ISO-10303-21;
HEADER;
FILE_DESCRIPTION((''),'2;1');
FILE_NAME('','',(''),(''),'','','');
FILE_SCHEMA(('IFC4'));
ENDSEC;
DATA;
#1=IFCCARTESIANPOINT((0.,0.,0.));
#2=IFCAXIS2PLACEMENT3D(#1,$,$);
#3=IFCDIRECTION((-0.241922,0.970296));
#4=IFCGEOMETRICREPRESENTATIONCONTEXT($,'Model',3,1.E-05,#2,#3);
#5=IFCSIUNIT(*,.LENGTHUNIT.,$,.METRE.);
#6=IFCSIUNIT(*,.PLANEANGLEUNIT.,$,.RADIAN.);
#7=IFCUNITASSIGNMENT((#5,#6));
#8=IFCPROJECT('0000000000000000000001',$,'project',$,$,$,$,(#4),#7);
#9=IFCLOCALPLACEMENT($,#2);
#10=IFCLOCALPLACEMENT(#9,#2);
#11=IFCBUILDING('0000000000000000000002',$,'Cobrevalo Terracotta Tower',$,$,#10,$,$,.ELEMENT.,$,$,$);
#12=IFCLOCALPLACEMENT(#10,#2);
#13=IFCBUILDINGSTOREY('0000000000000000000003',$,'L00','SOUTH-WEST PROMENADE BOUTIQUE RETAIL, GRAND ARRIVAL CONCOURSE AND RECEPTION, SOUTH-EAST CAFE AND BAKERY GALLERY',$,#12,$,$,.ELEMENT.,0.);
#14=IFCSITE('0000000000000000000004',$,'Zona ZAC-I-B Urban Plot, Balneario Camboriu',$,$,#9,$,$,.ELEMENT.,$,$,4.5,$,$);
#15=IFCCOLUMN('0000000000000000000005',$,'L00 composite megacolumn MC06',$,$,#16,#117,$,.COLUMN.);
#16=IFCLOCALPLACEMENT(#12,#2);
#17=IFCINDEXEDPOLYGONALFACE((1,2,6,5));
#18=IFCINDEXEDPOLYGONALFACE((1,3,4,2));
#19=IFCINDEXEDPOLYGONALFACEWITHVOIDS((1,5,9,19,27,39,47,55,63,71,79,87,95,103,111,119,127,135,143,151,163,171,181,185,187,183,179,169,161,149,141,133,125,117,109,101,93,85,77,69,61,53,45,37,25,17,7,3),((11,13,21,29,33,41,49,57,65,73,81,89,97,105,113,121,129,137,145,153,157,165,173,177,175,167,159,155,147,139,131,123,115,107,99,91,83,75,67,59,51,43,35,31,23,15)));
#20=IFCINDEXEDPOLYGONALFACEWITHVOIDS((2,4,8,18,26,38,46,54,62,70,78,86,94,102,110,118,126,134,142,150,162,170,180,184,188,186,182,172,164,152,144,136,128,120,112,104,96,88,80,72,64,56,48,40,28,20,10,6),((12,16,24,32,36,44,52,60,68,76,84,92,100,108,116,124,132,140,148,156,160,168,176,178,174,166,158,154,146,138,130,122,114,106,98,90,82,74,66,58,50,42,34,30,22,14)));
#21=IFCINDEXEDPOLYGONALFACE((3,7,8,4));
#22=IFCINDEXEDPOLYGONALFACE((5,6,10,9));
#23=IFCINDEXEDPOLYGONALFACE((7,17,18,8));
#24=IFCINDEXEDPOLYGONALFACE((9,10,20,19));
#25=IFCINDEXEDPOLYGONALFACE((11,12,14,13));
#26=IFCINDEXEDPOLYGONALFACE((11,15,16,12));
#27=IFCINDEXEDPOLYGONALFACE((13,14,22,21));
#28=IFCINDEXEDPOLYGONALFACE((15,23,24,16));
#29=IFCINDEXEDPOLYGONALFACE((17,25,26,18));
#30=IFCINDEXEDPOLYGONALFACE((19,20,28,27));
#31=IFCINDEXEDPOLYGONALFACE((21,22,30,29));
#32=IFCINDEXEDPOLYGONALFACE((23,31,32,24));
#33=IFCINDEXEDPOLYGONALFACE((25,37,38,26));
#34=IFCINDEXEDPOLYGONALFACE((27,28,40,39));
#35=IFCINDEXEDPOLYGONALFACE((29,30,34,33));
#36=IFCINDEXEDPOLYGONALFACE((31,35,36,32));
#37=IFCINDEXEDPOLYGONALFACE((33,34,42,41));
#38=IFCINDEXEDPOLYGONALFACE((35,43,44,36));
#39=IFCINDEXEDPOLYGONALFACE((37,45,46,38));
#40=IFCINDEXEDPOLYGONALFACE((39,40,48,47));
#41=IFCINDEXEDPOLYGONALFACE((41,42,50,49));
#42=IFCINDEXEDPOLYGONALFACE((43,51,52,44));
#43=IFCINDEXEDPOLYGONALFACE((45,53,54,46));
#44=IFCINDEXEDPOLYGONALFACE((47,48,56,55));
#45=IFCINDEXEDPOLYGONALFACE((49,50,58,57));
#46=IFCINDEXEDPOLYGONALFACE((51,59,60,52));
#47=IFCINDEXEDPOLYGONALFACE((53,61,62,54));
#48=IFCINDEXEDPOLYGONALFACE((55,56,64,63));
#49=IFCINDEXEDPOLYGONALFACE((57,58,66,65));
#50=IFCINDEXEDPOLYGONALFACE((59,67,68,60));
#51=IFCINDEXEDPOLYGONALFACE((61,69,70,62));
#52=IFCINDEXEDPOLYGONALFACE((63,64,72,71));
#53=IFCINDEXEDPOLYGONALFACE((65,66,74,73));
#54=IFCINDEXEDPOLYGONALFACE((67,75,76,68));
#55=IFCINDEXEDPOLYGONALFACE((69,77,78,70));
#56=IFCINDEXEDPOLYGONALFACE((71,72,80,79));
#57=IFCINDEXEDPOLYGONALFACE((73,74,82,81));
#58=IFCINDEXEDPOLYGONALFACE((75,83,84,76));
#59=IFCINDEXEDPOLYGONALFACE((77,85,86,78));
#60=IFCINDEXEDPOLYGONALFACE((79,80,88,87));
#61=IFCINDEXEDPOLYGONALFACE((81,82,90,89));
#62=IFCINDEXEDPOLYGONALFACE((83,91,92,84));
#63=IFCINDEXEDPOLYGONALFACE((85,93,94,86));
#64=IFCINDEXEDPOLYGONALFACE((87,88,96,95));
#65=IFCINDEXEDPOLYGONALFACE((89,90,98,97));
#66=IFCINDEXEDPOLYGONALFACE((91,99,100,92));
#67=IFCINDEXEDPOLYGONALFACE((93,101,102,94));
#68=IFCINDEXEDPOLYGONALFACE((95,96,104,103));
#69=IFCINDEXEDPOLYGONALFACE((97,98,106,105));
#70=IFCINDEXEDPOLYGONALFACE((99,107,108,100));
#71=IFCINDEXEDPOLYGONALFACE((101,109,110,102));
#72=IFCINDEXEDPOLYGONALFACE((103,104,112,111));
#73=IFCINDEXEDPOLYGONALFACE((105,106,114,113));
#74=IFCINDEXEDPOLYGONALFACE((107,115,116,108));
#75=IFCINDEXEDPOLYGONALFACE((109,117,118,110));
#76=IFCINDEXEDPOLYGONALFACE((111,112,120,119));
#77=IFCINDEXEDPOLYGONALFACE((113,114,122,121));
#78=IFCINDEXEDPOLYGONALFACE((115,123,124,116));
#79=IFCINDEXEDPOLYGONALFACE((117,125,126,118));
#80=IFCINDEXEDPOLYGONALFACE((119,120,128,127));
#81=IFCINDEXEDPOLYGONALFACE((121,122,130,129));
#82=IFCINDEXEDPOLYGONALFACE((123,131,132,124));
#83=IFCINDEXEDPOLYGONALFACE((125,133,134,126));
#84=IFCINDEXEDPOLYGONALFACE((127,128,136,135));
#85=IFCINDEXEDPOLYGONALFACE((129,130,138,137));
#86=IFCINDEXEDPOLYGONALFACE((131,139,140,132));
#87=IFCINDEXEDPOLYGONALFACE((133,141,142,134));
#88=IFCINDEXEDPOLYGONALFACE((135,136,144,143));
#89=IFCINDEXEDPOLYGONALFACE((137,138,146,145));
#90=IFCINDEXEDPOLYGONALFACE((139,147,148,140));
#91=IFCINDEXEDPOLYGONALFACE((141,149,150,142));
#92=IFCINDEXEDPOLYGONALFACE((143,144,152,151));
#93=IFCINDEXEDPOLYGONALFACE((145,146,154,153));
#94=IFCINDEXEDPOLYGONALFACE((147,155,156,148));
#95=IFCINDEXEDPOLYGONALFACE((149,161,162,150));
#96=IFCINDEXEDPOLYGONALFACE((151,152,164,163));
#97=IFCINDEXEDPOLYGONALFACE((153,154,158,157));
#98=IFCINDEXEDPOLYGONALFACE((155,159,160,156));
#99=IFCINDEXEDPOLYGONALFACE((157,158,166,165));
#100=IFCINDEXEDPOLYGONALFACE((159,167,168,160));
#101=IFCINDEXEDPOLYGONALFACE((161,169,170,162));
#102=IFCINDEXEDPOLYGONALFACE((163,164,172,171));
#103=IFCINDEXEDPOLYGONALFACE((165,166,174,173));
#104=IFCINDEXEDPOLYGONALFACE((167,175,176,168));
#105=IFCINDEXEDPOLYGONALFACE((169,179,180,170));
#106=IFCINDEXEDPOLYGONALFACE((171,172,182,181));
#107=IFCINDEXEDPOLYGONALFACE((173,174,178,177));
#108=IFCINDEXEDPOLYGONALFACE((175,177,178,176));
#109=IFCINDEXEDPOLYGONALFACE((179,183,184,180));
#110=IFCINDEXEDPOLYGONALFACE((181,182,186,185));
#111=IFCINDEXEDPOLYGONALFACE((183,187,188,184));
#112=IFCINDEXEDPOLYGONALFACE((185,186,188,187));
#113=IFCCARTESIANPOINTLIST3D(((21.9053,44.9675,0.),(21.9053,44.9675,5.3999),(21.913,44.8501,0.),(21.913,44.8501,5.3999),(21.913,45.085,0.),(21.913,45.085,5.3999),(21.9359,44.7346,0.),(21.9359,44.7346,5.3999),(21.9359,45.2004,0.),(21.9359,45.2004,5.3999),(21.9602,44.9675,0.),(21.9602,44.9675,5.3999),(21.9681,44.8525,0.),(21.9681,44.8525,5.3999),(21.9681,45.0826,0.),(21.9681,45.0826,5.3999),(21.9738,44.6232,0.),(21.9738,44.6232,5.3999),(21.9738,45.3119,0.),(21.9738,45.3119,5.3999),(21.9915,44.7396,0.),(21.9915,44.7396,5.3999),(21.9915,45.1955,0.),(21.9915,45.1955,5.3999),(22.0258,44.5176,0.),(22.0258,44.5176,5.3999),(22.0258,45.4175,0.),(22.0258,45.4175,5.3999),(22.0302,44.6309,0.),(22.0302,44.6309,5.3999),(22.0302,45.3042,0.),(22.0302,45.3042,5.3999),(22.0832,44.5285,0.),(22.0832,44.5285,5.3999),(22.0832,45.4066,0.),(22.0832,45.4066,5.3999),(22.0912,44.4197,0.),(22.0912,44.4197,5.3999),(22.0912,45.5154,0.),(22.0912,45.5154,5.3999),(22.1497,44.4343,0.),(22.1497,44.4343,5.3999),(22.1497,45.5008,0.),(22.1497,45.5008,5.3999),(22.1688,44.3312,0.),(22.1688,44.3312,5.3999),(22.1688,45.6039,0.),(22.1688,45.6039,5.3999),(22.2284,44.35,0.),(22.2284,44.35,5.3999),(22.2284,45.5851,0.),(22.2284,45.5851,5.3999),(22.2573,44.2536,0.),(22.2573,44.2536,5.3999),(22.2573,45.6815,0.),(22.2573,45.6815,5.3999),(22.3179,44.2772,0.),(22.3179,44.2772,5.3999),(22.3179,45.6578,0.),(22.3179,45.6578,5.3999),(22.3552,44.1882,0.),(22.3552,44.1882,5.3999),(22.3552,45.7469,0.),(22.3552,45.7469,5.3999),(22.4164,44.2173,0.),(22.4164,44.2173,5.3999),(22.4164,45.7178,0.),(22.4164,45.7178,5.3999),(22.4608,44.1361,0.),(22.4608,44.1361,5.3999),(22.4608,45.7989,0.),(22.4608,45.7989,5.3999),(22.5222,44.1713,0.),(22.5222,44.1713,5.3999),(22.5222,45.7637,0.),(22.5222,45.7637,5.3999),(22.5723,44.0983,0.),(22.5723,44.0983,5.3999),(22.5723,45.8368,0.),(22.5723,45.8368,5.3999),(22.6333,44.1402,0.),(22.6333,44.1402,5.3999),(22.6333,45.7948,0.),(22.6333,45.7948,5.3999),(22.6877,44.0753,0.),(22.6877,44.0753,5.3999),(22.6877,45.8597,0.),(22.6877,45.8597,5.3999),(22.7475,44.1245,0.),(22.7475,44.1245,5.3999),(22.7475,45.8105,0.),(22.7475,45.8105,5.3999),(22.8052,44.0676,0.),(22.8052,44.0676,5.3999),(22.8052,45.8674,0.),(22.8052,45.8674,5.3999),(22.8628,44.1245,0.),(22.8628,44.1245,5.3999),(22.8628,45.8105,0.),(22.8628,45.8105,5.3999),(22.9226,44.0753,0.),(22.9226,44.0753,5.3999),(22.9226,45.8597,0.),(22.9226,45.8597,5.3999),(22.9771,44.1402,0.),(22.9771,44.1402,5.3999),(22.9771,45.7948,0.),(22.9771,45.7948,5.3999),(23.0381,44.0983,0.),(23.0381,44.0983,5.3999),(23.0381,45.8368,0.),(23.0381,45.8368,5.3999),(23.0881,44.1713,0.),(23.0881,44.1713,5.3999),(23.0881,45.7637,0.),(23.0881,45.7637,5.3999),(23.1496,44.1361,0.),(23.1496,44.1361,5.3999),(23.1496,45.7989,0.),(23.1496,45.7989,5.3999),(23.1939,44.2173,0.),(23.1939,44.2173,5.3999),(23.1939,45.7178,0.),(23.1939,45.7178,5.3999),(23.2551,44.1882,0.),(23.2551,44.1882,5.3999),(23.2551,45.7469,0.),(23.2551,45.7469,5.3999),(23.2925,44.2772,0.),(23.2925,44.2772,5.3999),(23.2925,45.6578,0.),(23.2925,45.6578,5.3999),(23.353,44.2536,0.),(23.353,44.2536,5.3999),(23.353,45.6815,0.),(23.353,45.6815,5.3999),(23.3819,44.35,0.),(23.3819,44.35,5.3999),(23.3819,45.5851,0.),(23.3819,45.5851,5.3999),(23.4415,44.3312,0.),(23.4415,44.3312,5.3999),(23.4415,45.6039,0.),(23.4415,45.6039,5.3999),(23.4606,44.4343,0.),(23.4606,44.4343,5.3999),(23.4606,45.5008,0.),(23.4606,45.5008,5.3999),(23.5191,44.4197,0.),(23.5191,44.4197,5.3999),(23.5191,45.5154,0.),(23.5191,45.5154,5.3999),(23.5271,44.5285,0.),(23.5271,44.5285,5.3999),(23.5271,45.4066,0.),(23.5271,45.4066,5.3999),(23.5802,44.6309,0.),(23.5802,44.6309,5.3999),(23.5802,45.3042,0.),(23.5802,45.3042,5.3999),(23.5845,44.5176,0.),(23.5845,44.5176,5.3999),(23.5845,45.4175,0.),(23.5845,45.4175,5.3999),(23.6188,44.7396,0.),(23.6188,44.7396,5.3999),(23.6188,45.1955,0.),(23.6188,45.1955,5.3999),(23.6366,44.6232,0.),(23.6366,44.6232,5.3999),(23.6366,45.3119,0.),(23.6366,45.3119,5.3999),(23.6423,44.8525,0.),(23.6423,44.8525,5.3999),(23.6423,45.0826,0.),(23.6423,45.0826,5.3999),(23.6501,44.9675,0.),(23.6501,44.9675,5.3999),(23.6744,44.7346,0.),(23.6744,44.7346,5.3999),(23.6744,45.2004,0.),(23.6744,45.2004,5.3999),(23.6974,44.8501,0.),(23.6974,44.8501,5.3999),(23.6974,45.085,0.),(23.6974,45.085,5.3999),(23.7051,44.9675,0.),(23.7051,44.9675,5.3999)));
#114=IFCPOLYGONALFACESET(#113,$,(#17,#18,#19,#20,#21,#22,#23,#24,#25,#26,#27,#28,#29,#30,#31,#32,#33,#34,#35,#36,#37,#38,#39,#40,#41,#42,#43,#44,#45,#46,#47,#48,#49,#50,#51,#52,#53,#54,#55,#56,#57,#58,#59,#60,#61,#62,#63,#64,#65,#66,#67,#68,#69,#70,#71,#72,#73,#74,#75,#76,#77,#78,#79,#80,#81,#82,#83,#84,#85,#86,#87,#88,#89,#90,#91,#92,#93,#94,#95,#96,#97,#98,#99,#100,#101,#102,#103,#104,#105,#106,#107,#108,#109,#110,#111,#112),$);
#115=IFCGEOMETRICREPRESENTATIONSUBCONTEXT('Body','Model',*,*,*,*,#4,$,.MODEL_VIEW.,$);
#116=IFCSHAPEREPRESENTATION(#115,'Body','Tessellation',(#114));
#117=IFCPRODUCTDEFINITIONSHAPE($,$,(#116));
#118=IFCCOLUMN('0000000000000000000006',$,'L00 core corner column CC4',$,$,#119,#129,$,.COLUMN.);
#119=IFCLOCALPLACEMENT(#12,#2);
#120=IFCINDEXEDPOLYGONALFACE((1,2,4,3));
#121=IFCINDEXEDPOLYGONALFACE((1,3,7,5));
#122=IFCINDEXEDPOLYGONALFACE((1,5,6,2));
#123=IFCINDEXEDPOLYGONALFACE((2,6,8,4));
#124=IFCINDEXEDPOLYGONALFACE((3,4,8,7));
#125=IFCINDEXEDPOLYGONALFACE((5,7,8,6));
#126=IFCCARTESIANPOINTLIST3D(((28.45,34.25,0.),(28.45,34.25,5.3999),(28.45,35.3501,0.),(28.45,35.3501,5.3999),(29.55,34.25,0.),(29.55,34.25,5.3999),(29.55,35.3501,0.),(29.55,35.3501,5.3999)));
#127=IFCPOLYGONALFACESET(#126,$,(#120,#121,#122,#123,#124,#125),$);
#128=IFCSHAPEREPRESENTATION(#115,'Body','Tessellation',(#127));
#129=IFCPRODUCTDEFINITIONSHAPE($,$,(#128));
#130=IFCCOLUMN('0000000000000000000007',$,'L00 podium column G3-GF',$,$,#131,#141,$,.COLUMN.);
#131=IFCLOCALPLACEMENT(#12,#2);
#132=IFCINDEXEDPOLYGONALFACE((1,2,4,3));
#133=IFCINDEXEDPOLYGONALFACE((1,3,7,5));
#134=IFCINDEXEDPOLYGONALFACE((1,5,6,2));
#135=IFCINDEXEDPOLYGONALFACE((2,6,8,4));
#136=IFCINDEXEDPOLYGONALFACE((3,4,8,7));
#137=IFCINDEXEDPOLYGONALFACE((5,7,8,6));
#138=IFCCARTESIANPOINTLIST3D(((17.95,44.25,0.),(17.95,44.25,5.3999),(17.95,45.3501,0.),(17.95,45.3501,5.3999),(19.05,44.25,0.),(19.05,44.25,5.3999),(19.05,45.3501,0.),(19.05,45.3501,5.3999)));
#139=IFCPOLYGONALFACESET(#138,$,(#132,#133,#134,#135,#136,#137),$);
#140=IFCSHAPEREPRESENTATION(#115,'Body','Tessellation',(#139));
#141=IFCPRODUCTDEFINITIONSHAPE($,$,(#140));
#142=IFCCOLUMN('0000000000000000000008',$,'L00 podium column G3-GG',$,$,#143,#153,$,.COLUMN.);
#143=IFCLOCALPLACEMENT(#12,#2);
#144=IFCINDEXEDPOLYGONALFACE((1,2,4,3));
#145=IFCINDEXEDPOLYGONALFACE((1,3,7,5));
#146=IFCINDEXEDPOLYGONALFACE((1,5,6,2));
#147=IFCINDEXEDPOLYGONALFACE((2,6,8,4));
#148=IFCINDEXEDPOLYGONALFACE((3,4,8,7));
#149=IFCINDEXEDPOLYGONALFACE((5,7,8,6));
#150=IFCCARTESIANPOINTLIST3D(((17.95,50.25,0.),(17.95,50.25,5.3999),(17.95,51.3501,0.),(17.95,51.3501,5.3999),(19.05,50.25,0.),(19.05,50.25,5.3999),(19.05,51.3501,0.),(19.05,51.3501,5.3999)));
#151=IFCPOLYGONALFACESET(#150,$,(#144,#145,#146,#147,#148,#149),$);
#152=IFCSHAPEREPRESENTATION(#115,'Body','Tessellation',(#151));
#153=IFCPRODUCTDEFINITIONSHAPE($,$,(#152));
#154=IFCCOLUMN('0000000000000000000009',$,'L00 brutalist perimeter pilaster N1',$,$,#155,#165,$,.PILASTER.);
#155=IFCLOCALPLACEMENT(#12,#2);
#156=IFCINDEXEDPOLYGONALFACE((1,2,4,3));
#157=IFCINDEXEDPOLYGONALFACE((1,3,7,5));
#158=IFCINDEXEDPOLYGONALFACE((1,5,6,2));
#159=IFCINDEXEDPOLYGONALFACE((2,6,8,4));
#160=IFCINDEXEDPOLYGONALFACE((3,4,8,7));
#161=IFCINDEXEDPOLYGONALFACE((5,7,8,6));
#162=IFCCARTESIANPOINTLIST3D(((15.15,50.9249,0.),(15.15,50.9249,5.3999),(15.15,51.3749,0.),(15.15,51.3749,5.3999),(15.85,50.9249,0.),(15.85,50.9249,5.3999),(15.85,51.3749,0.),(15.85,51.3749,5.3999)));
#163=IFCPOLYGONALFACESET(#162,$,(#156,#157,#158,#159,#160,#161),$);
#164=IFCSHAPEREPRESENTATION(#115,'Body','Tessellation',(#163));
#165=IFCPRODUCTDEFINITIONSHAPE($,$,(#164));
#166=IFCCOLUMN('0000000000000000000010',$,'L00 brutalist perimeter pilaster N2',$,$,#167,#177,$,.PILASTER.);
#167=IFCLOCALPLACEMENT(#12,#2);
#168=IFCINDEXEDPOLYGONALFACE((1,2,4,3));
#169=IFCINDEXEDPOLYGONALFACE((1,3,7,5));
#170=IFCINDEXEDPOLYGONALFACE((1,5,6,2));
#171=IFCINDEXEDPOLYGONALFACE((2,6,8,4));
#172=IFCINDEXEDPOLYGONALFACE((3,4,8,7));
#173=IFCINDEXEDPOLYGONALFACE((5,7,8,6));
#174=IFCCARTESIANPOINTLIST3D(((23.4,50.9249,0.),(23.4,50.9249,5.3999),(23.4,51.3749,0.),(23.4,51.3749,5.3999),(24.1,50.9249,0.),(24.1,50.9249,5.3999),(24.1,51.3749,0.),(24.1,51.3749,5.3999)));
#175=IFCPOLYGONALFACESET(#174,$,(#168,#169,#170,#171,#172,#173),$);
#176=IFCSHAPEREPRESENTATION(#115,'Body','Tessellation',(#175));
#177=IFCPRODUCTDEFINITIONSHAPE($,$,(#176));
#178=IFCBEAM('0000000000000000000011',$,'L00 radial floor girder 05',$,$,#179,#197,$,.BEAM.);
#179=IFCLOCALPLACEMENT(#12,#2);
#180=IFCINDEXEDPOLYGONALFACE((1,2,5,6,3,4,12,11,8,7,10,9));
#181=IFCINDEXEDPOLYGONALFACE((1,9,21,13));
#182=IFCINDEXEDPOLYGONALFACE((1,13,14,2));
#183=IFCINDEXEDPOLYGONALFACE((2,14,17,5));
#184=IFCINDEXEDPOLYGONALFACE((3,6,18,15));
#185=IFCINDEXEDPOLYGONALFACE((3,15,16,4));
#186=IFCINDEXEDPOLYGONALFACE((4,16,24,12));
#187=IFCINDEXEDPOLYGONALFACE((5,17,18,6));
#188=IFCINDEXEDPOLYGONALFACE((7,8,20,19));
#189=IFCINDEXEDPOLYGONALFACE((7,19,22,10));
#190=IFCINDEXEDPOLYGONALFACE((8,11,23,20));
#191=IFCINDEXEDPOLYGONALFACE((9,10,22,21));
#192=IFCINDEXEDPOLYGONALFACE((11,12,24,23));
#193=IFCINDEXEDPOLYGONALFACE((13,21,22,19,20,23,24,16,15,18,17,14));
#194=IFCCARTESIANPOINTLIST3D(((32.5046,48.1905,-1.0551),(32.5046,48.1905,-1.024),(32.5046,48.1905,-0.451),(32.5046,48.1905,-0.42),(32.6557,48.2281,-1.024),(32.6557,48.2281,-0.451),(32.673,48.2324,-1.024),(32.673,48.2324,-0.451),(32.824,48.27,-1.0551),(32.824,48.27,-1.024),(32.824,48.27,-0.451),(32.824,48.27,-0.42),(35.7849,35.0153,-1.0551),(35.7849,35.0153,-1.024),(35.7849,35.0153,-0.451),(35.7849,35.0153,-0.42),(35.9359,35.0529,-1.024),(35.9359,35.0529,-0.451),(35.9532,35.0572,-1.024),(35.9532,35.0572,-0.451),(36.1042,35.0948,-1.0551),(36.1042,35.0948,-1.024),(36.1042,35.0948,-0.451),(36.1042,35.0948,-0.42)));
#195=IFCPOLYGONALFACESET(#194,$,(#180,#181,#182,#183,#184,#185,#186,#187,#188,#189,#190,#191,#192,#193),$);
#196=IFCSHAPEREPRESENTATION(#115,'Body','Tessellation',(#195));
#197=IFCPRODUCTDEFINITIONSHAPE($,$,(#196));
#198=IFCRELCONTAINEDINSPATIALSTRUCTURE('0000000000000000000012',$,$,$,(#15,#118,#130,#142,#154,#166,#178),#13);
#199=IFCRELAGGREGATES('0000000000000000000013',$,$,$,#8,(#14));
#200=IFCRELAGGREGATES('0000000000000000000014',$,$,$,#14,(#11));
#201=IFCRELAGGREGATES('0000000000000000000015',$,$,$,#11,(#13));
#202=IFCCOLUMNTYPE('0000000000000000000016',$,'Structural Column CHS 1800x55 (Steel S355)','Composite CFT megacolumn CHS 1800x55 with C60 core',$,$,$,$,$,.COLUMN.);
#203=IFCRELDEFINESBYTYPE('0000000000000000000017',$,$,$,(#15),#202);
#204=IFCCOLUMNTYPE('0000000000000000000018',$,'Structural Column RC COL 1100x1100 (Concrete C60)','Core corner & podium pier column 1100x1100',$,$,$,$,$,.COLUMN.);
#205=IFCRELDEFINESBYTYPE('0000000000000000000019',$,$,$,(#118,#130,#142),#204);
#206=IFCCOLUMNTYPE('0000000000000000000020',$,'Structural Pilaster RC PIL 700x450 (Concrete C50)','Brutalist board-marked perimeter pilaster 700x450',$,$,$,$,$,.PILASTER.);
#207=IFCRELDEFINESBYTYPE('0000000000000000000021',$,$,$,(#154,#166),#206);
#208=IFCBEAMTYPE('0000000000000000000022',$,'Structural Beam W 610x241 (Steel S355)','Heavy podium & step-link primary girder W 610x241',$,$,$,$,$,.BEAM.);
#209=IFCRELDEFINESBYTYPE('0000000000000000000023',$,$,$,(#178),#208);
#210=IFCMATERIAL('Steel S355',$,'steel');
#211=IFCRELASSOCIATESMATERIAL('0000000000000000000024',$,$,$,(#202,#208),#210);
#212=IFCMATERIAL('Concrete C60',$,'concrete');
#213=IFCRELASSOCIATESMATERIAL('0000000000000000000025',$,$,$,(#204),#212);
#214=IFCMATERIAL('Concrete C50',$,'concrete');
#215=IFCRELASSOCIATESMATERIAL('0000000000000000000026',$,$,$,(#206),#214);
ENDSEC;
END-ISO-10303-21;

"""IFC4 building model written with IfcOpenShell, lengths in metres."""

from ifc_helpers import new_model, si_unit, direction, frame, origin, origin_2d, place, context, subcontext, project, spatial, rectangle, hollow_circle, i_section, extrude, material, material_profile, profile_set, type_object, element, save


model = new_model("IFC4")

# Units and contexts
model_context = context("Model", 3, precision=1e-05, world=origin(), true_north=direction((-0.241922, 0.970296)))
body_context = subcontext(model_context, "Body", "Model", "MODEL_VIEW")
ifc_project = project(units=[si_unit("LENGTHUNIT", "METRE"), si_unit("PLANEANGLEUNIT", "RADIAN")], contexts=[model_context])

# Site, building, storey
site_placement = place(None, origin())
site = spatial("IfcSite", under=ifc_project, at=site_placement, Name="Zona ZAC-I-B Urban Plot, Balneario Camboriu", CompositionType="ELEMENT", RefElevation=4.5)
building_placement = place(site_placement, origin())
building = spatial("IfcBuilding", under=site, at=building_placement, Name="Cobrevalo Terracotta Tower", CompositionType="ELEMENT")
storey_placement = place(building_placement, origin())
storey = spatial("IfcBuildingStorey", under=building, at=storey_placement, Name="L00", Description="SOUTH-WEST PROMENADE BOUTIQUE RETAIL, GRAND ARRIVAL CONCOURSE AND RECEPTION, SOUTH-EAST CAFE AND BAKERY GALLERY", CompositionType="ELEMENT", Elevation=0.0)

# Columns
ifc_material_1 = material(Name="Steel S355", Category="steel")
ifc_material_profile_1 = material_profile(ifc_material_1, hollow_circle(Radius=0.8999, WallThickness=0.0549, at=origin_2d()), Name="CHS 1800x55")
ifc_profile_set_1 = profile_set([ifc_material_profile_1], Name="Steel S355")
column_type_1 = type_object("IfcColumnType", Name="Structural Column CHS 1800x55 (Steel S355)", Description="Composite CFT megacolumn CHS 1800x55 with C60 core", PredefinedType="COLUMN", material=ifc_profile_set_1)
for number, where, z_axis, x_axis, name in (
    (1, (22.8052, 44.9675, 0.0), (0.0, 0.0, 1.0), (1.0, 0.0, 0.0), "L00 composite megacolumn MC06"),
):
    element("IfcColumn", number, at=place(storey_placement, frame(where, z_axis=z_axis, x_axis=x_axis)), inside=storey, type_object=column_type_1, Name=name, PredefinedType="COLUMN", context=body_context, shape_type="SweptSolid", body=[
        extrude(hollow_circle(Radius=0.8999, WallThickness=0.0549, at=origin_2d()), origin(), (0.0, 0.0, 1.0), 5.3999),
    ])
ifc_material_2 = material(Name="Concrete C60", Category="concrete")
ifc_material_profile_2 = material_profile(ifc_material_2, rectangle(XDim=1.1001, YDim=1.1001, at=origin_2d()), Name="RC COL 1100x1100")
ifc_profile_set_2 = profile_set([ifc_material_profile_2], Name="Concrete C60")
column_type_2 = type_object("IfcColumnType", Name="Structural Column RC COL 1100x1100 (Concrete C60)", Description="Core corner & podium pier column 1100x1100", PredefinedType="COLUMN", material=ifc_profile_set_2)
for number, where, z_axis, x_axis, name in (
    (2, (29.0, 34.8, 0.0), (0.0, 0.0, 1.0), (1.0, 0.0, 0.0), "L00 core corner column CC4"),
    (3, (18.5, 44.8, 0.0), (0.0, 0.0, 1.0), (1.0, 0.0, 0.0), "L00 podium column G3-GF"),
    (4, (18.5, 50.8, 0.0), (0.0, 0.0, 1.0), (1.0, 0.0, 0.0), "L00 podium column G3-GG"),
):
    element("IfcColumn", number, at=place(storey_placement, frame(where, z_axis=z_axis, x_axis=x_axis)), inside=storey, type_object=column_type_2, Name=name, PredefinedType="COLUMN", context=body_context, shape_type="SweptSolid", body=[
        extrude(rectangle(XDim=1.1001, YDim=1.1001, at=origin_2d()), origin(), (0.0, 0.0, 1.0), 5.3999),
    ])
ifc_material_3 = material(Name="Concrete C50", Category="concrete")
ifc_material_profile_3 = material_profile(ifc_material_3, rectangle(XDim=0.7, YDim=0.45, at=origin_2d()), Name="RC PIL 700x450")
ifc_profile_set_3 = profile_set([ifc_material_profile_3], Name="Concrete C50")
column_type_3 = type_object("IfcColumnType", Name="Structural Pilaster RC PIL 700x450 (Concrete C50)", Description="Brutalist board-marked perimeter pilaster 700x450", PredefinedType="PILASTER", material=ifc_profile_set_3)
for number, where, z_axis, x_axis, name in (
    (5, (15.5, 51.1499, 0.0), (0.0, 0.0, 1.0), (1.0, 0.0, 0.0), "L00 brutalist perimeter pilaster N1"),
    (6, (23.75, 51.1499, 0.0), (0.0, 0.0, 1.0), (1.0, 0.0, 0.0), "L00 brutalist perimeter pilaster N2"),
):
    element("IfcColumn", number, at=place(storey_placement, frame(where, z_axis=z_axis, x_axis=x_axis)), inside=storey, type_object=column_type_3, Name=name, PredefinedType="PILASTER", context=body_context, shape_type="SweptSolid", body=[
        extrude(rectangle(XDim=0.7, YDim=0.45, at=origin_2d()), origin(), (0.0, 0.0, 1.0), 5.3999),
    ])

# Beam
ifc_material_profile_4 = material_profile(ifc_material_1, i_section(OverallWidth=0.3291, OverallDepth=0.635, WebThickness=0.0178, FlangeThickness=0.031, at=origin_2d()), Name="W 610x241")
ifc_profile_set_4 = profile_set([ifc_material_profile_4], Name="Steel S355")
beam_type_1 = type_object("IfcBeamType", Name="Structural Beam W 610x241 (Steel S355)", Description="Heavy podium & step-link primary girder W 610x241", PredefinedType="BEAM", material=ifc_profile_set_4)
beam_1_placement = place(storey_placement, frame((32.6643, 48.2302, -0.7375), z_axis=(0.241596, -0.970377, 0.0), x_axis=(0.970377, 0.241596, 0.0)))
element("IfcBeam", 7, at=beam_1_placement, inside=storey, type_object=beam_type_1, Name="L00 radial floor girder 05", PredefinedType="BEAM", context=body_context, shape_type="SweptSolid", body=[
    extrude(i_section(OverallWidth=0.3291, OverallDepth=0.635, WebThickness=0.0178, FlangeThickness=0.031, at=origin_2d()), origin(), (0.0, 0.0, 1.0), 13.5774),
])

save(model, "model.ifc")
